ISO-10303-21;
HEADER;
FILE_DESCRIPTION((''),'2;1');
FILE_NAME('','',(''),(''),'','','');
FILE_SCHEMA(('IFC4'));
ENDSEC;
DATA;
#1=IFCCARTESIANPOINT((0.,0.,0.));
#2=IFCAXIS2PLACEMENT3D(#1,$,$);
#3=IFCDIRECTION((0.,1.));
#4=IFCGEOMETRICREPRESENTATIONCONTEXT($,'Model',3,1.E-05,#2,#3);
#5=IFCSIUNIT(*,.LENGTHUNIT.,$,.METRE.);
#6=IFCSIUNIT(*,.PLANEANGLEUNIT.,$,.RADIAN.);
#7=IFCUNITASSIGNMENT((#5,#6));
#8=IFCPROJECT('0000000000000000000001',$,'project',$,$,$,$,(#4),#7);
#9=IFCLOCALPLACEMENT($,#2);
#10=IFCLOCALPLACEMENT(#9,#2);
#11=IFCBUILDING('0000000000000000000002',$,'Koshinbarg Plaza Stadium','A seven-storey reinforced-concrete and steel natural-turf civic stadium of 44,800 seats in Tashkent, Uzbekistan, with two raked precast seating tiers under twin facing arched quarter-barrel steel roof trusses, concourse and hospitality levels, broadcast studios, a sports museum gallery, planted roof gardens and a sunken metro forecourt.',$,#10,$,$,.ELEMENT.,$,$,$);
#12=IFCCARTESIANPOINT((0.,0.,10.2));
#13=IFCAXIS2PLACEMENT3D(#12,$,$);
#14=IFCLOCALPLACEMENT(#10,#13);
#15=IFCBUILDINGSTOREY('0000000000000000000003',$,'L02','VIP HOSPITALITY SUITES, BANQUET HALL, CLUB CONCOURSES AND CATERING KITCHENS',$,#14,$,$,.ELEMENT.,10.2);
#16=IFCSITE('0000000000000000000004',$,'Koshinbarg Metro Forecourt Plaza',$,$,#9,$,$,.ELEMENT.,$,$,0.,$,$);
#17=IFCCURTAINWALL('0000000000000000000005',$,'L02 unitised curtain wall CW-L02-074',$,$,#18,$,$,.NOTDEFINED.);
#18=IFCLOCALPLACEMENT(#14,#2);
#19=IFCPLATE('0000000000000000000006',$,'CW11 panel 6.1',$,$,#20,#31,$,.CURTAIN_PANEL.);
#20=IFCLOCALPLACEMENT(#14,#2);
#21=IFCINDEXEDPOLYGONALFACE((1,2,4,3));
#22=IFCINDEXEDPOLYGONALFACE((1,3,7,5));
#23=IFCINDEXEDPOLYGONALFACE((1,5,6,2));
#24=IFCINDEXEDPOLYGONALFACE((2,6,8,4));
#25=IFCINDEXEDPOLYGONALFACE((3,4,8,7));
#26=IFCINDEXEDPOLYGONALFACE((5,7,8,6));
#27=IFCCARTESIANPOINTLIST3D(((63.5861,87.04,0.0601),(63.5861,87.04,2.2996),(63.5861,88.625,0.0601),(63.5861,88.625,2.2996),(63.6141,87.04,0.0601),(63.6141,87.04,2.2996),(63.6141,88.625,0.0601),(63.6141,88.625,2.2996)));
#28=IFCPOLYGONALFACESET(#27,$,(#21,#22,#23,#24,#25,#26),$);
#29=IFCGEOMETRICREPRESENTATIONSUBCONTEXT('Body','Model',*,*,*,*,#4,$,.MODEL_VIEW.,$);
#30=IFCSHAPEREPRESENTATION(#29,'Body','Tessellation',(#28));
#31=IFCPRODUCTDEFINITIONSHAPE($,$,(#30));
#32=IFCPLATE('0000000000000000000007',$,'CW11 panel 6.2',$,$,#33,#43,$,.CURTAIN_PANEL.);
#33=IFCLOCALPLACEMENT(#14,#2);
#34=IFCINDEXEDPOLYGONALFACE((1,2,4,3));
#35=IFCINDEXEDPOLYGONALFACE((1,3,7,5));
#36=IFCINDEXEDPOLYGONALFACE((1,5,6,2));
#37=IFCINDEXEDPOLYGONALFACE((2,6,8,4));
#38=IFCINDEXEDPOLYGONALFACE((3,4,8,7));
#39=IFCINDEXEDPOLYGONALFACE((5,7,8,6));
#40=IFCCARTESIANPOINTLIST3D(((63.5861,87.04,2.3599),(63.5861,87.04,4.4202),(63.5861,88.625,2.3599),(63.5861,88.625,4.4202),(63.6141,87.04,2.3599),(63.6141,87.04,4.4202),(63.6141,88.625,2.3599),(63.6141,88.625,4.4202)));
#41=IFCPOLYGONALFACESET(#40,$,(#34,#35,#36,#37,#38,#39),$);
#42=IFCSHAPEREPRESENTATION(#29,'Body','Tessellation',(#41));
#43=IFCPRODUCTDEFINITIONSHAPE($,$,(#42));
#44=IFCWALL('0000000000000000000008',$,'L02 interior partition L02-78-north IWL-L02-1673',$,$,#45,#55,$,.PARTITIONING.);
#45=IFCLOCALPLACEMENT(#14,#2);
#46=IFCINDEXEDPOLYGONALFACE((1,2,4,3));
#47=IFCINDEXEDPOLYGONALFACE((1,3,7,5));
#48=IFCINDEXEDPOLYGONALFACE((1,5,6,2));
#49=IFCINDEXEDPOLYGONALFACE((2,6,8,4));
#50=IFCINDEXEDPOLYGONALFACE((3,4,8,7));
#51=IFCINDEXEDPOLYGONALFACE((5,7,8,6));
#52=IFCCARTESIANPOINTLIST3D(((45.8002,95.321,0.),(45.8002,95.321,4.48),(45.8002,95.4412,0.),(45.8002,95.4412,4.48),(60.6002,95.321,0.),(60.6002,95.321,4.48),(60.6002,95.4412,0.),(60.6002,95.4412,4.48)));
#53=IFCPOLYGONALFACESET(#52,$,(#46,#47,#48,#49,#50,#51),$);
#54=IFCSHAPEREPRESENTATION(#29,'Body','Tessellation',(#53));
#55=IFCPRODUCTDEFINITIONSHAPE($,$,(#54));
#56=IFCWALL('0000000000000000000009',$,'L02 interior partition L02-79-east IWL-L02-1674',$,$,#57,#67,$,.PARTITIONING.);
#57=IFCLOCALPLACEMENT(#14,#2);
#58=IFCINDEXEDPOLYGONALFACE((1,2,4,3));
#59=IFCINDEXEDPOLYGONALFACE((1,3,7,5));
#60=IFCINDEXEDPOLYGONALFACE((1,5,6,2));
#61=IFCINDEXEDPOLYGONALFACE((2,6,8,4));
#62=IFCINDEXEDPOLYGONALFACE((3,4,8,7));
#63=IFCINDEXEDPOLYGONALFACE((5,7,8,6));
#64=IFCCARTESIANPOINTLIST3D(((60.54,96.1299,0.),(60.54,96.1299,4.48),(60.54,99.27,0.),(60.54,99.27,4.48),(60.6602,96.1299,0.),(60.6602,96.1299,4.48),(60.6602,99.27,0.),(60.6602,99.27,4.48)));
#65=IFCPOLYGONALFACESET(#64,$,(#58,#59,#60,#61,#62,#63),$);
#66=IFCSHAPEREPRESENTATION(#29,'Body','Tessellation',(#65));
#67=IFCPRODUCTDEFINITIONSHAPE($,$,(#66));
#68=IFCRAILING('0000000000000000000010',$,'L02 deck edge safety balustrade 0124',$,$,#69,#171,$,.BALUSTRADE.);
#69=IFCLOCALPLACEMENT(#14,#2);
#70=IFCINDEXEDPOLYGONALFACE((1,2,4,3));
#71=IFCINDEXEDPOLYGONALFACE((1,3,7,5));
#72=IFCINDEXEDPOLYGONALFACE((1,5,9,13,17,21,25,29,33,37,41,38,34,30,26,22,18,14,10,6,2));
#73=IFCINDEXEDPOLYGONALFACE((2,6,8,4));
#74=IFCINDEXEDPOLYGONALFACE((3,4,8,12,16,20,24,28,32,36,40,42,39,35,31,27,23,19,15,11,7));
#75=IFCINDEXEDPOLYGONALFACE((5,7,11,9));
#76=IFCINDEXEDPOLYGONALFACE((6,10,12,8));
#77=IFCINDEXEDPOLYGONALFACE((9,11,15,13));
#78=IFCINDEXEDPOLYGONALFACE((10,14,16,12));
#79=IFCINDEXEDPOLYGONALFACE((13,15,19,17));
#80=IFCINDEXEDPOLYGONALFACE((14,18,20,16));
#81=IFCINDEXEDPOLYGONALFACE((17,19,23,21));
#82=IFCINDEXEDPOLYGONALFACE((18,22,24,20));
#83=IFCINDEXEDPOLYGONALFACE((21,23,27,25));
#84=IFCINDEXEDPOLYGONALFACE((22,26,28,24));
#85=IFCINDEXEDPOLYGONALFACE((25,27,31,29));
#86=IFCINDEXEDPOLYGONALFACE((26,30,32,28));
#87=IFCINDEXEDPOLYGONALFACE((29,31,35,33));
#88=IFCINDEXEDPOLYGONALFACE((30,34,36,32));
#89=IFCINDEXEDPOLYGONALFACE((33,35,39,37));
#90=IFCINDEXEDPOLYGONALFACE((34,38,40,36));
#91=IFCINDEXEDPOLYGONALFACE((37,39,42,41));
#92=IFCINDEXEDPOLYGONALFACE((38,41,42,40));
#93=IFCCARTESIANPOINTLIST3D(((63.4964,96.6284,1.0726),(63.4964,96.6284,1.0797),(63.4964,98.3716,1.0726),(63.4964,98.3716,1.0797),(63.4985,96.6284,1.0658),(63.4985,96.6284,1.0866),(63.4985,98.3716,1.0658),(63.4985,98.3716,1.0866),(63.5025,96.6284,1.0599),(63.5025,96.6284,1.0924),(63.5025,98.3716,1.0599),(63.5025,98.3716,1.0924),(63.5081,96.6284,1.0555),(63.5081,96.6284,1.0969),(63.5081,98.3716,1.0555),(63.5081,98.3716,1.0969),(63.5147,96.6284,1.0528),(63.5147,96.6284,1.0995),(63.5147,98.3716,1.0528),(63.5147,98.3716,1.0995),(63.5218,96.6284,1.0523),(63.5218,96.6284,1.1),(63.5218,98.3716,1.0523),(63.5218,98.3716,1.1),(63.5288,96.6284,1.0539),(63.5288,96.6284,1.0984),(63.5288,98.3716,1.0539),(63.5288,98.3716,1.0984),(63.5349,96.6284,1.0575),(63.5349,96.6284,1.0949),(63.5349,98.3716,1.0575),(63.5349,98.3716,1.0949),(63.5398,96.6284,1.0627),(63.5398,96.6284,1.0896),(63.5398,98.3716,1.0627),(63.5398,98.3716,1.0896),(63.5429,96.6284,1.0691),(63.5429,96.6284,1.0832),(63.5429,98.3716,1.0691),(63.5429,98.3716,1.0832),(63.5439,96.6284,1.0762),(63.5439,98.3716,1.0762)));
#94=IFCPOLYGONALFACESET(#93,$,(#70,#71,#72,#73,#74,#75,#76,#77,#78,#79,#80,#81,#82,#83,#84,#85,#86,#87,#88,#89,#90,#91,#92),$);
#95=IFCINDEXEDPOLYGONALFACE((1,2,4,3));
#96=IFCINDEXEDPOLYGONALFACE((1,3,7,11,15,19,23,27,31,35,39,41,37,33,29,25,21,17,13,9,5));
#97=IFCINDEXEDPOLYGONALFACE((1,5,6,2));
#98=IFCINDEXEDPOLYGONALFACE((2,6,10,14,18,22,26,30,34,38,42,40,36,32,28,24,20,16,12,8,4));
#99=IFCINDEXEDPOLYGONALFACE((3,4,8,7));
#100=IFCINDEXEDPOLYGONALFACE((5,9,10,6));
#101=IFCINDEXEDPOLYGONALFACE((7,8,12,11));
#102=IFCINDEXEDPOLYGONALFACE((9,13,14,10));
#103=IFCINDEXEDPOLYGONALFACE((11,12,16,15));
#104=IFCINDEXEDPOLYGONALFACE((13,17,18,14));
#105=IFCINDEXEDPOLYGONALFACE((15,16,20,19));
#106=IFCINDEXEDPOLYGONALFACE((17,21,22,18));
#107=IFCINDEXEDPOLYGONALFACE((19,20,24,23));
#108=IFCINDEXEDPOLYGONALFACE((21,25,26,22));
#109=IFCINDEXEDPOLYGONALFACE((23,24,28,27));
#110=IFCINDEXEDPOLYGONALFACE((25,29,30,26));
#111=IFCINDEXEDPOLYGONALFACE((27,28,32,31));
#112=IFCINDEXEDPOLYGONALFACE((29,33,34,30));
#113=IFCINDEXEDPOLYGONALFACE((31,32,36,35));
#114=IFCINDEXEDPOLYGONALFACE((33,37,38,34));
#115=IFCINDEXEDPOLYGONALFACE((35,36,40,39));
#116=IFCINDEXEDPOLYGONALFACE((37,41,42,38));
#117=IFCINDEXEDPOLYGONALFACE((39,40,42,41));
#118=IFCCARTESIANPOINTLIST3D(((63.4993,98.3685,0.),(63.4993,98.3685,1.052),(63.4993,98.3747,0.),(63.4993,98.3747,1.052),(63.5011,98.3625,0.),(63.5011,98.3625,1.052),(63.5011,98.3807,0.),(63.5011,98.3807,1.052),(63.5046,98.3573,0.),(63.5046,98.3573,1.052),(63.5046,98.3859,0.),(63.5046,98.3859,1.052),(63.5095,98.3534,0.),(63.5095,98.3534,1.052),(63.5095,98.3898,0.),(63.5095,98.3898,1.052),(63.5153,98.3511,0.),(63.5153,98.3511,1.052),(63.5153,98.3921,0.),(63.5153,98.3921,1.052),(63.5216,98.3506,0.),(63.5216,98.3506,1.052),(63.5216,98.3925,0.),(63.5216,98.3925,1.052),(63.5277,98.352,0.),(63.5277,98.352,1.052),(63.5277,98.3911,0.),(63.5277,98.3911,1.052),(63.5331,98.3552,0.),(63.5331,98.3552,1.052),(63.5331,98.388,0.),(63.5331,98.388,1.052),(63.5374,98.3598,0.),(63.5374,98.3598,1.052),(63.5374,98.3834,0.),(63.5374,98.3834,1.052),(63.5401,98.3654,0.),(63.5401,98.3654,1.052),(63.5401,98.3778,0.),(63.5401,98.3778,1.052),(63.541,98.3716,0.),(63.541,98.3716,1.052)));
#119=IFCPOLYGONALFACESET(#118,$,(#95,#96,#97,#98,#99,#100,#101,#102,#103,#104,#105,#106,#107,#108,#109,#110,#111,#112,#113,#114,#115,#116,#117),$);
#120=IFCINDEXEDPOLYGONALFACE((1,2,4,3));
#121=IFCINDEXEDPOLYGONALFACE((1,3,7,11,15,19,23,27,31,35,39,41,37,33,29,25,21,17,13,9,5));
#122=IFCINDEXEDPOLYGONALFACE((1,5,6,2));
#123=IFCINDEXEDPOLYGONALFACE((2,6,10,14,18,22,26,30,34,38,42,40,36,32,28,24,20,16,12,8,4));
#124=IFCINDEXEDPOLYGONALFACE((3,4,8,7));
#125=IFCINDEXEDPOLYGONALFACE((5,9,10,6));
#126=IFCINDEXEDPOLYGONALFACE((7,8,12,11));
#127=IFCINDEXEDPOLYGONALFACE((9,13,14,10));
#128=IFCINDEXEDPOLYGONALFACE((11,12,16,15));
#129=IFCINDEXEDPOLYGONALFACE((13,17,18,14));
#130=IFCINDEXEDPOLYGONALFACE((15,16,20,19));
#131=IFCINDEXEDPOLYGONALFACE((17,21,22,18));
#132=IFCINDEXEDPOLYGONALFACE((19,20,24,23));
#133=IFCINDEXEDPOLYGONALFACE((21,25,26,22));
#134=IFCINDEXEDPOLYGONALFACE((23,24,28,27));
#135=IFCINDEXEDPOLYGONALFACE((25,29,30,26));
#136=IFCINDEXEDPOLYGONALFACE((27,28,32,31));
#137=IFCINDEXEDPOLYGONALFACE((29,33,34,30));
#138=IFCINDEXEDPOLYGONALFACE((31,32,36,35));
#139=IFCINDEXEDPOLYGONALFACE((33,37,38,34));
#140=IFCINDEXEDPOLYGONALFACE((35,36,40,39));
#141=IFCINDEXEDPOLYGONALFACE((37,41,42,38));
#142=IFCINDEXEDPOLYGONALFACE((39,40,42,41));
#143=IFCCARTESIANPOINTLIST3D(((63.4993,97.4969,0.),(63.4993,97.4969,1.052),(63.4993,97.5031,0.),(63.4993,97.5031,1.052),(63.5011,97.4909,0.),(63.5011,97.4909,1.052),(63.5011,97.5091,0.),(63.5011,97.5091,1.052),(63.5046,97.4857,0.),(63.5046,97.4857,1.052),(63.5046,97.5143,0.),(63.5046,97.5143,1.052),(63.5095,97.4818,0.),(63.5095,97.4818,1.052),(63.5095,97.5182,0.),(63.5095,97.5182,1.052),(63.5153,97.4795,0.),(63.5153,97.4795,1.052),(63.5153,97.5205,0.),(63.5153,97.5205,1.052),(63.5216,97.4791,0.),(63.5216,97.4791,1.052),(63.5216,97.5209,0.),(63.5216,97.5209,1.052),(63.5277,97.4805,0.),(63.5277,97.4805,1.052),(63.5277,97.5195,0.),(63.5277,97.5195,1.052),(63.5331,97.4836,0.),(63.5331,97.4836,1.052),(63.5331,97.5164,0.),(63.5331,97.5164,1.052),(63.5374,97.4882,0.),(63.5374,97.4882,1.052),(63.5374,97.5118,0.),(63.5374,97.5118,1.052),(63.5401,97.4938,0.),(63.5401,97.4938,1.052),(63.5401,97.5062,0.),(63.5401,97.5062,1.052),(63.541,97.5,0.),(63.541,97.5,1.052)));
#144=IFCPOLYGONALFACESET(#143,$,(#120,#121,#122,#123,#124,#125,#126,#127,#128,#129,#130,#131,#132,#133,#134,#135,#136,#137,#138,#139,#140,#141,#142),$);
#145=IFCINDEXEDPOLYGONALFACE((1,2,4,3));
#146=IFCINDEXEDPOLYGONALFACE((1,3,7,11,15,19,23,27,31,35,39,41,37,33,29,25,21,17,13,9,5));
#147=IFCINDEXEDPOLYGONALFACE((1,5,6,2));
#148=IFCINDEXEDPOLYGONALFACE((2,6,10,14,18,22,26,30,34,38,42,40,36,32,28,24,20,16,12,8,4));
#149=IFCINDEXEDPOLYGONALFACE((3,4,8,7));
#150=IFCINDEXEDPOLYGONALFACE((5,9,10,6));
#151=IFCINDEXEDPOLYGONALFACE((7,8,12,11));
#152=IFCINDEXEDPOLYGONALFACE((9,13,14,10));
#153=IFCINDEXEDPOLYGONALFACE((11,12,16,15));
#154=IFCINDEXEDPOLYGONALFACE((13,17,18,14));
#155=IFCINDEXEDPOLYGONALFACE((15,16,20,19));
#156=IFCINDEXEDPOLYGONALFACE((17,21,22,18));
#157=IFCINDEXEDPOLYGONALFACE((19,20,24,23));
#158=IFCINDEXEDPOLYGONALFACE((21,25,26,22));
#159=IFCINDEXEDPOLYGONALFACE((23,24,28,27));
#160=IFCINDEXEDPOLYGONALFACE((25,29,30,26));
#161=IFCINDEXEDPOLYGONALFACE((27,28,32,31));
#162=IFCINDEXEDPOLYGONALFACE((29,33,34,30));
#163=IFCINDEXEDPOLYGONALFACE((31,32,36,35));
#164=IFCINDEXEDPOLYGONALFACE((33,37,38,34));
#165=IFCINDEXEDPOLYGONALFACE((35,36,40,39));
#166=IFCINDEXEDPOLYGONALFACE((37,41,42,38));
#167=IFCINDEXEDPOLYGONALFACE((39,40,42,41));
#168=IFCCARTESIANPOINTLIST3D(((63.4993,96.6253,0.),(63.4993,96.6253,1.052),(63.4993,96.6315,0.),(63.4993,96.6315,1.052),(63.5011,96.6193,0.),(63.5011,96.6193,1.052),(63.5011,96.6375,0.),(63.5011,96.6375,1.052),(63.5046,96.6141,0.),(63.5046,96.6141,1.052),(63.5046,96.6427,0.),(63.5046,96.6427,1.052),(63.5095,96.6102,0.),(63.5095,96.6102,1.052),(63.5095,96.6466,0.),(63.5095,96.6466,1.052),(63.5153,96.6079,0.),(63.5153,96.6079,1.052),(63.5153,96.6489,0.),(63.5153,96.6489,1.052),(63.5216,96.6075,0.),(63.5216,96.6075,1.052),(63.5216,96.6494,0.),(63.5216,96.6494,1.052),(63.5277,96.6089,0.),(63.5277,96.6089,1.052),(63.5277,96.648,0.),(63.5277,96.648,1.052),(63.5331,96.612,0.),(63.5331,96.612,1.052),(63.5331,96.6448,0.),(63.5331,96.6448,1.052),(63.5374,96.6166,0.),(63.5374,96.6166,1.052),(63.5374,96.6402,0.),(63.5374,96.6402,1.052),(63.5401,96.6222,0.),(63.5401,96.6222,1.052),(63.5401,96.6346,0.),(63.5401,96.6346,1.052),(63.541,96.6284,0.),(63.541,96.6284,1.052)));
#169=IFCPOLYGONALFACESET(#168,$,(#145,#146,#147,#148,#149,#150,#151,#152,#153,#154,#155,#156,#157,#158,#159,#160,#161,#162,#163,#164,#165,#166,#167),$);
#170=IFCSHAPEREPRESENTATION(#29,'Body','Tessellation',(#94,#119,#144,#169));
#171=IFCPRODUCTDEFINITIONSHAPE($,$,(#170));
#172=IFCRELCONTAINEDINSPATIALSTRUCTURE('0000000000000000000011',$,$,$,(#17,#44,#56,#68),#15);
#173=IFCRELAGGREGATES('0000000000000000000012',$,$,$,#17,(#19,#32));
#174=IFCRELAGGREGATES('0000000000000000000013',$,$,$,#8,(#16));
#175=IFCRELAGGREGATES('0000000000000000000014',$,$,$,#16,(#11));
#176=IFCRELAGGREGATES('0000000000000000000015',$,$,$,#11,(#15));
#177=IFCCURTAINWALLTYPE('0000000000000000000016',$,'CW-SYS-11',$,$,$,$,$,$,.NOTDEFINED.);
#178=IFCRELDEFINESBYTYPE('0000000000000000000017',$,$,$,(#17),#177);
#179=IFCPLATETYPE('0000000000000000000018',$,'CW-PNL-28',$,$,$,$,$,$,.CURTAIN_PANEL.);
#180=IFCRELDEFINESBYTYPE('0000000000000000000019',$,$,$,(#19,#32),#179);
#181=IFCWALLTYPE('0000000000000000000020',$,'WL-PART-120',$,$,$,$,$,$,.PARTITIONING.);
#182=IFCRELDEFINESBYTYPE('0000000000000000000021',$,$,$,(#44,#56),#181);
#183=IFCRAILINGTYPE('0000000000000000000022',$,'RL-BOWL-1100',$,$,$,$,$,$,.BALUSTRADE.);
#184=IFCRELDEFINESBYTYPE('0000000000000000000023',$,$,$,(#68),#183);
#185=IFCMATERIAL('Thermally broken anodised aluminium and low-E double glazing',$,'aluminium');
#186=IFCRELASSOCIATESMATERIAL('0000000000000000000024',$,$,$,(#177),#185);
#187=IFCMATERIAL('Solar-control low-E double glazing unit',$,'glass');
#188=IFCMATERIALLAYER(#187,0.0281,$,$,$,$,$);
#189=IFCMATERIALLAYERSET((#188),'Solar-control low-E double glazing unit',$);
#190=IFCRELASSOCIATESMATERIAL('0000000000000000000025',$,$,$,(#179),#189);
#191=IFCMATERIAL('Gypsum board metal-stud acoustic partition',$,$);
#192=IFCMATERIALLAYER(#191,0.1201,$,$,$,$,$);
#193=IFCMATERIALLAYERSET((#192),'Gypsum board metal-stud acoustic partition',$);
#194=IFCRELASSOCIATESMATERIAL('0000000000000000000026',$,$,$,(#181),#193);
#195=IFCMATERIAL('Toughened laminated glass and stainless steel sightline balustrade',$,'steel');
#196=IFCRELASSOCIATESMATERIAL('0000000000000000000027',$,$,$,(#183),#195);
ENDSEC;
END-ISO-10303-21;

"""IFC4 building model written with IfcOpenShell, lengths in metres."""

from ifc_helpers import new_model, si_unit, direction, frame, frame_2d, origin, origin_2d, place, context, subcontext, project, spatial, rectangle, circle, extrude, material, layer, layer_set, type_object, element, aggregate, save


model = new_model("IFC4")

# Units and contexts
model_context = context("Model", 3, precision=1e-05, world=origin(), true_north=direction((0.0, 1.0)))
body_context = subcontext(model_context, "Body", "Model", "MODEL_VIEW")
ifc_project = project(units=[si_unit("LENGTHUNIT", "METRE"), si_unit("PLANEANGLEUNIT", "RADIAN")], contexts=[model_context])

# Site, building, storey
site_placement = place(None, origin())
site = spatial("IfcSite", under=ifc_project, at=site_placement, Name="Koshinbarg Metro Forecourt Plaza", CompositionType="ELEMENT", RefElevation=0.0)
building_placement = place(site_placement, origin())
building = spatial("IfcBuilding", under=site, at=building_placement, Name="Koshinbarg Plaza Stadium", Description="A seven-storey reinforced-concrete and steel natural-turf civic stadium of 44,800 seats in Tashkent, Uzbekistan, with two raked precast seating tiers under twin facing arched quarter-barrel steel roof trusses, concourse and hospitality levels, broadcast studios, a sports museum gallery, planted roof gardens and a sunken metro forecourt.", CompositionType="ELEMENT")
storey_placement = place(building_placement, frame((0.0, 0.0, 10.2)))
storey = spatial("IfcBuildingStorey", under=building, at=storey_placement, Name="L02", Description="VIP HOSPITALITY SUITES, BANQUET HALL, CLUB CONCOURSES AND CATERING KITCHENS", CompositionType="ELEMENT", Elevation=10.2)

# Curtain wall, plates
ifc_material_1 = material(Name="Thermally broken anodised aluminium and low-E double glazing", Category="aluminium")
curtain_wall_type = type_object("IfcCurtainWallType", Name="CW-SYS-11", PredefinedType="NOTDEFINED", material=ifc_material_1)
curtain_wall_placement = place(storey_placement, origin())
curtain_wall = element("IfcCurtainWall", 1, at=curtain_wall_placement, inside=storey, type_object=curtain_wall_type, Name="L02 unitised curtain wall CW-L02-074", PredefinedType="NOTDEFINED")
ifc_material_2 = material(Name="Solar-control low-E double glazing unit", Category="glass")
ifc_layer_1 = layer(ifc_material_2, 0.0281)
ifc_layer_set_1 = layer_set([ifc_layer_1], Name="Solar-control low-E double glazing unit")
plate_type = type_object("IfcPlateType", Name="CW-PNL-28", PredefinedType="CURTAIN_PANEL", material=ifc_layer_set_1)
plate_1_placement = place(storey_placement, frame((63.6001, 87.8325, 0.0601), z_axis=(0.0, 0.0, 1.0), x_axis=(0.0, -1.0, 0.0)))
plate_1 = element("IfcPlate", 2, at=plate_1_placement, type_object=plate_type, Name="CW11 panel 6.1", PredefinedType="CURTAIN_PANEL", context=body_context, shape_type="SweptSolid", body=[
    extrude(rectangle(XDim=1.585, YDim=0.0281, at=origin_2d()), origin(), (0.0, 0.0, 1.0), 2.2395),
])
plate_2_placement = place(storey_placement, frame((63.6001, 87.8325, 2.3599), z_axis=(0.0, 0.0, 1.0), x_axis=(0.0, -1.0, 0.0)))
plate_2 = element("IfcPlate", 3, at=plate_2_placement, type_object=plate_type, Name="CW11 panel 6.2", PredefinedType="CURTAIN_PANEL", context=body_context, shape_type="SweptSolid", body=[
    extrude(rectangle(XDim=1.585, YDim=0.0281, at=origin_2d()), origin(), (0.0, 0.0, 1.0), 2.0603),
])
aggregate(curtain_wall, [plate_1, plate_2])

# Walls
ifc_material_3 = material(Name="Gypsum board metal-stud acoustic partition")
ifc_layer_2 = layer(ifc_material_3, 0.1201)
ifc_layer_set_2 = layer_set([ifc_layer_2], Name="Gypsum board metal-stud acoustic partition")
wall_type = type_object("IfcWallType", Name="WL-PART-120", PredefinedType="PARTITIONING", material=ifc_layer_set_2)
wall_1_placement = place(storey_placement, frame((60.6001, 95.3811, 0.0), z_axis=(0.0, 0.0, 1.0), x_axis=(-1.0, 0.0, 0.0)))
element("IfcWall", 4, at=wall_1_placement, inside=storey, type_object=wall_type, Name="L02 interior partition L02-78-north IWL-L02-1673", PredefinedType="PARTITIONING", context=body_context, shape_type="SweptSolid", body=[
    extrude(rectangle(XDim=14.8, YDim=0.1201, at=frame_2d((7.3999, 0.0))), origin(), (0.0, 0.0, 1.0), 4.48),
])
wall_2_placement = place(storey_placement, frame((60.6001, 96.1299, 0.0), z_axis=(0.0, 0.0, 1.0), x_axis=(0.0, 1.0, 0.0)))
element("IfcWall", 5, at=wall_2_placement, inside=storey, type_object=wall_type, Name="L02 interior partition L02-79-east IWL-L02-1674", PredefinedType="PARTITIONING", context=body_context, shape_type="SweptSolid", body=[
    extrude(rectangle(XDim=3.1401, YDim=0.1201, at=frame_2d((1.5701, 0.0))), origin(), (0.0, 0.0, 1.0), 4.48),
])

# Railing
ifc_material_4 = material(Name="Toughened laminated glass and stainless steel sightline balustrade", Category="steel")
railing_type = type_object("IfcRailingType", Name="RL-BOWL-1100", PredefinedType="BALUSTRADE", material=ifc_material_4)
railing_placement = place(storey_placement, frame((63.52, 98.3716, 0.0)))
element("IfcRailing", 6, at=railing_placement, inside=storey, type_object=railing_type, Name="L02 deck edge safety balustrade 0124", PredefinedType="BALUSTRADE", context=body_context, shape_type="SweptSolid", body=[
    extrude(circle(Radius=0.0239, at=origin_2d()), frame((0.0, 0.0, 1.0762), z_axis=(0.0, -1.0, 0.0), x_axis=(1.0, 0.0, 0.0)), (0.0, 0.0, 1.0), 1.7432),
    extrude(circle(Radius=0.021, at=origin_2d()), origin(), (0.0, 0.0, 1.0), 1.052),
    extrude(circle(Radius=0.021, at=origin_2d()), frame((0.0, -0.8716, 0.0)), (0.0, 0.0, 1.0), 1.052),
    extrude(circle(Radius=0.021, at=origin_2d()), frame((0.0, -1.7432, 0.0)), (0.0, 0.0, 1.0), 1.052),
])

save(model, "model.ifc")
